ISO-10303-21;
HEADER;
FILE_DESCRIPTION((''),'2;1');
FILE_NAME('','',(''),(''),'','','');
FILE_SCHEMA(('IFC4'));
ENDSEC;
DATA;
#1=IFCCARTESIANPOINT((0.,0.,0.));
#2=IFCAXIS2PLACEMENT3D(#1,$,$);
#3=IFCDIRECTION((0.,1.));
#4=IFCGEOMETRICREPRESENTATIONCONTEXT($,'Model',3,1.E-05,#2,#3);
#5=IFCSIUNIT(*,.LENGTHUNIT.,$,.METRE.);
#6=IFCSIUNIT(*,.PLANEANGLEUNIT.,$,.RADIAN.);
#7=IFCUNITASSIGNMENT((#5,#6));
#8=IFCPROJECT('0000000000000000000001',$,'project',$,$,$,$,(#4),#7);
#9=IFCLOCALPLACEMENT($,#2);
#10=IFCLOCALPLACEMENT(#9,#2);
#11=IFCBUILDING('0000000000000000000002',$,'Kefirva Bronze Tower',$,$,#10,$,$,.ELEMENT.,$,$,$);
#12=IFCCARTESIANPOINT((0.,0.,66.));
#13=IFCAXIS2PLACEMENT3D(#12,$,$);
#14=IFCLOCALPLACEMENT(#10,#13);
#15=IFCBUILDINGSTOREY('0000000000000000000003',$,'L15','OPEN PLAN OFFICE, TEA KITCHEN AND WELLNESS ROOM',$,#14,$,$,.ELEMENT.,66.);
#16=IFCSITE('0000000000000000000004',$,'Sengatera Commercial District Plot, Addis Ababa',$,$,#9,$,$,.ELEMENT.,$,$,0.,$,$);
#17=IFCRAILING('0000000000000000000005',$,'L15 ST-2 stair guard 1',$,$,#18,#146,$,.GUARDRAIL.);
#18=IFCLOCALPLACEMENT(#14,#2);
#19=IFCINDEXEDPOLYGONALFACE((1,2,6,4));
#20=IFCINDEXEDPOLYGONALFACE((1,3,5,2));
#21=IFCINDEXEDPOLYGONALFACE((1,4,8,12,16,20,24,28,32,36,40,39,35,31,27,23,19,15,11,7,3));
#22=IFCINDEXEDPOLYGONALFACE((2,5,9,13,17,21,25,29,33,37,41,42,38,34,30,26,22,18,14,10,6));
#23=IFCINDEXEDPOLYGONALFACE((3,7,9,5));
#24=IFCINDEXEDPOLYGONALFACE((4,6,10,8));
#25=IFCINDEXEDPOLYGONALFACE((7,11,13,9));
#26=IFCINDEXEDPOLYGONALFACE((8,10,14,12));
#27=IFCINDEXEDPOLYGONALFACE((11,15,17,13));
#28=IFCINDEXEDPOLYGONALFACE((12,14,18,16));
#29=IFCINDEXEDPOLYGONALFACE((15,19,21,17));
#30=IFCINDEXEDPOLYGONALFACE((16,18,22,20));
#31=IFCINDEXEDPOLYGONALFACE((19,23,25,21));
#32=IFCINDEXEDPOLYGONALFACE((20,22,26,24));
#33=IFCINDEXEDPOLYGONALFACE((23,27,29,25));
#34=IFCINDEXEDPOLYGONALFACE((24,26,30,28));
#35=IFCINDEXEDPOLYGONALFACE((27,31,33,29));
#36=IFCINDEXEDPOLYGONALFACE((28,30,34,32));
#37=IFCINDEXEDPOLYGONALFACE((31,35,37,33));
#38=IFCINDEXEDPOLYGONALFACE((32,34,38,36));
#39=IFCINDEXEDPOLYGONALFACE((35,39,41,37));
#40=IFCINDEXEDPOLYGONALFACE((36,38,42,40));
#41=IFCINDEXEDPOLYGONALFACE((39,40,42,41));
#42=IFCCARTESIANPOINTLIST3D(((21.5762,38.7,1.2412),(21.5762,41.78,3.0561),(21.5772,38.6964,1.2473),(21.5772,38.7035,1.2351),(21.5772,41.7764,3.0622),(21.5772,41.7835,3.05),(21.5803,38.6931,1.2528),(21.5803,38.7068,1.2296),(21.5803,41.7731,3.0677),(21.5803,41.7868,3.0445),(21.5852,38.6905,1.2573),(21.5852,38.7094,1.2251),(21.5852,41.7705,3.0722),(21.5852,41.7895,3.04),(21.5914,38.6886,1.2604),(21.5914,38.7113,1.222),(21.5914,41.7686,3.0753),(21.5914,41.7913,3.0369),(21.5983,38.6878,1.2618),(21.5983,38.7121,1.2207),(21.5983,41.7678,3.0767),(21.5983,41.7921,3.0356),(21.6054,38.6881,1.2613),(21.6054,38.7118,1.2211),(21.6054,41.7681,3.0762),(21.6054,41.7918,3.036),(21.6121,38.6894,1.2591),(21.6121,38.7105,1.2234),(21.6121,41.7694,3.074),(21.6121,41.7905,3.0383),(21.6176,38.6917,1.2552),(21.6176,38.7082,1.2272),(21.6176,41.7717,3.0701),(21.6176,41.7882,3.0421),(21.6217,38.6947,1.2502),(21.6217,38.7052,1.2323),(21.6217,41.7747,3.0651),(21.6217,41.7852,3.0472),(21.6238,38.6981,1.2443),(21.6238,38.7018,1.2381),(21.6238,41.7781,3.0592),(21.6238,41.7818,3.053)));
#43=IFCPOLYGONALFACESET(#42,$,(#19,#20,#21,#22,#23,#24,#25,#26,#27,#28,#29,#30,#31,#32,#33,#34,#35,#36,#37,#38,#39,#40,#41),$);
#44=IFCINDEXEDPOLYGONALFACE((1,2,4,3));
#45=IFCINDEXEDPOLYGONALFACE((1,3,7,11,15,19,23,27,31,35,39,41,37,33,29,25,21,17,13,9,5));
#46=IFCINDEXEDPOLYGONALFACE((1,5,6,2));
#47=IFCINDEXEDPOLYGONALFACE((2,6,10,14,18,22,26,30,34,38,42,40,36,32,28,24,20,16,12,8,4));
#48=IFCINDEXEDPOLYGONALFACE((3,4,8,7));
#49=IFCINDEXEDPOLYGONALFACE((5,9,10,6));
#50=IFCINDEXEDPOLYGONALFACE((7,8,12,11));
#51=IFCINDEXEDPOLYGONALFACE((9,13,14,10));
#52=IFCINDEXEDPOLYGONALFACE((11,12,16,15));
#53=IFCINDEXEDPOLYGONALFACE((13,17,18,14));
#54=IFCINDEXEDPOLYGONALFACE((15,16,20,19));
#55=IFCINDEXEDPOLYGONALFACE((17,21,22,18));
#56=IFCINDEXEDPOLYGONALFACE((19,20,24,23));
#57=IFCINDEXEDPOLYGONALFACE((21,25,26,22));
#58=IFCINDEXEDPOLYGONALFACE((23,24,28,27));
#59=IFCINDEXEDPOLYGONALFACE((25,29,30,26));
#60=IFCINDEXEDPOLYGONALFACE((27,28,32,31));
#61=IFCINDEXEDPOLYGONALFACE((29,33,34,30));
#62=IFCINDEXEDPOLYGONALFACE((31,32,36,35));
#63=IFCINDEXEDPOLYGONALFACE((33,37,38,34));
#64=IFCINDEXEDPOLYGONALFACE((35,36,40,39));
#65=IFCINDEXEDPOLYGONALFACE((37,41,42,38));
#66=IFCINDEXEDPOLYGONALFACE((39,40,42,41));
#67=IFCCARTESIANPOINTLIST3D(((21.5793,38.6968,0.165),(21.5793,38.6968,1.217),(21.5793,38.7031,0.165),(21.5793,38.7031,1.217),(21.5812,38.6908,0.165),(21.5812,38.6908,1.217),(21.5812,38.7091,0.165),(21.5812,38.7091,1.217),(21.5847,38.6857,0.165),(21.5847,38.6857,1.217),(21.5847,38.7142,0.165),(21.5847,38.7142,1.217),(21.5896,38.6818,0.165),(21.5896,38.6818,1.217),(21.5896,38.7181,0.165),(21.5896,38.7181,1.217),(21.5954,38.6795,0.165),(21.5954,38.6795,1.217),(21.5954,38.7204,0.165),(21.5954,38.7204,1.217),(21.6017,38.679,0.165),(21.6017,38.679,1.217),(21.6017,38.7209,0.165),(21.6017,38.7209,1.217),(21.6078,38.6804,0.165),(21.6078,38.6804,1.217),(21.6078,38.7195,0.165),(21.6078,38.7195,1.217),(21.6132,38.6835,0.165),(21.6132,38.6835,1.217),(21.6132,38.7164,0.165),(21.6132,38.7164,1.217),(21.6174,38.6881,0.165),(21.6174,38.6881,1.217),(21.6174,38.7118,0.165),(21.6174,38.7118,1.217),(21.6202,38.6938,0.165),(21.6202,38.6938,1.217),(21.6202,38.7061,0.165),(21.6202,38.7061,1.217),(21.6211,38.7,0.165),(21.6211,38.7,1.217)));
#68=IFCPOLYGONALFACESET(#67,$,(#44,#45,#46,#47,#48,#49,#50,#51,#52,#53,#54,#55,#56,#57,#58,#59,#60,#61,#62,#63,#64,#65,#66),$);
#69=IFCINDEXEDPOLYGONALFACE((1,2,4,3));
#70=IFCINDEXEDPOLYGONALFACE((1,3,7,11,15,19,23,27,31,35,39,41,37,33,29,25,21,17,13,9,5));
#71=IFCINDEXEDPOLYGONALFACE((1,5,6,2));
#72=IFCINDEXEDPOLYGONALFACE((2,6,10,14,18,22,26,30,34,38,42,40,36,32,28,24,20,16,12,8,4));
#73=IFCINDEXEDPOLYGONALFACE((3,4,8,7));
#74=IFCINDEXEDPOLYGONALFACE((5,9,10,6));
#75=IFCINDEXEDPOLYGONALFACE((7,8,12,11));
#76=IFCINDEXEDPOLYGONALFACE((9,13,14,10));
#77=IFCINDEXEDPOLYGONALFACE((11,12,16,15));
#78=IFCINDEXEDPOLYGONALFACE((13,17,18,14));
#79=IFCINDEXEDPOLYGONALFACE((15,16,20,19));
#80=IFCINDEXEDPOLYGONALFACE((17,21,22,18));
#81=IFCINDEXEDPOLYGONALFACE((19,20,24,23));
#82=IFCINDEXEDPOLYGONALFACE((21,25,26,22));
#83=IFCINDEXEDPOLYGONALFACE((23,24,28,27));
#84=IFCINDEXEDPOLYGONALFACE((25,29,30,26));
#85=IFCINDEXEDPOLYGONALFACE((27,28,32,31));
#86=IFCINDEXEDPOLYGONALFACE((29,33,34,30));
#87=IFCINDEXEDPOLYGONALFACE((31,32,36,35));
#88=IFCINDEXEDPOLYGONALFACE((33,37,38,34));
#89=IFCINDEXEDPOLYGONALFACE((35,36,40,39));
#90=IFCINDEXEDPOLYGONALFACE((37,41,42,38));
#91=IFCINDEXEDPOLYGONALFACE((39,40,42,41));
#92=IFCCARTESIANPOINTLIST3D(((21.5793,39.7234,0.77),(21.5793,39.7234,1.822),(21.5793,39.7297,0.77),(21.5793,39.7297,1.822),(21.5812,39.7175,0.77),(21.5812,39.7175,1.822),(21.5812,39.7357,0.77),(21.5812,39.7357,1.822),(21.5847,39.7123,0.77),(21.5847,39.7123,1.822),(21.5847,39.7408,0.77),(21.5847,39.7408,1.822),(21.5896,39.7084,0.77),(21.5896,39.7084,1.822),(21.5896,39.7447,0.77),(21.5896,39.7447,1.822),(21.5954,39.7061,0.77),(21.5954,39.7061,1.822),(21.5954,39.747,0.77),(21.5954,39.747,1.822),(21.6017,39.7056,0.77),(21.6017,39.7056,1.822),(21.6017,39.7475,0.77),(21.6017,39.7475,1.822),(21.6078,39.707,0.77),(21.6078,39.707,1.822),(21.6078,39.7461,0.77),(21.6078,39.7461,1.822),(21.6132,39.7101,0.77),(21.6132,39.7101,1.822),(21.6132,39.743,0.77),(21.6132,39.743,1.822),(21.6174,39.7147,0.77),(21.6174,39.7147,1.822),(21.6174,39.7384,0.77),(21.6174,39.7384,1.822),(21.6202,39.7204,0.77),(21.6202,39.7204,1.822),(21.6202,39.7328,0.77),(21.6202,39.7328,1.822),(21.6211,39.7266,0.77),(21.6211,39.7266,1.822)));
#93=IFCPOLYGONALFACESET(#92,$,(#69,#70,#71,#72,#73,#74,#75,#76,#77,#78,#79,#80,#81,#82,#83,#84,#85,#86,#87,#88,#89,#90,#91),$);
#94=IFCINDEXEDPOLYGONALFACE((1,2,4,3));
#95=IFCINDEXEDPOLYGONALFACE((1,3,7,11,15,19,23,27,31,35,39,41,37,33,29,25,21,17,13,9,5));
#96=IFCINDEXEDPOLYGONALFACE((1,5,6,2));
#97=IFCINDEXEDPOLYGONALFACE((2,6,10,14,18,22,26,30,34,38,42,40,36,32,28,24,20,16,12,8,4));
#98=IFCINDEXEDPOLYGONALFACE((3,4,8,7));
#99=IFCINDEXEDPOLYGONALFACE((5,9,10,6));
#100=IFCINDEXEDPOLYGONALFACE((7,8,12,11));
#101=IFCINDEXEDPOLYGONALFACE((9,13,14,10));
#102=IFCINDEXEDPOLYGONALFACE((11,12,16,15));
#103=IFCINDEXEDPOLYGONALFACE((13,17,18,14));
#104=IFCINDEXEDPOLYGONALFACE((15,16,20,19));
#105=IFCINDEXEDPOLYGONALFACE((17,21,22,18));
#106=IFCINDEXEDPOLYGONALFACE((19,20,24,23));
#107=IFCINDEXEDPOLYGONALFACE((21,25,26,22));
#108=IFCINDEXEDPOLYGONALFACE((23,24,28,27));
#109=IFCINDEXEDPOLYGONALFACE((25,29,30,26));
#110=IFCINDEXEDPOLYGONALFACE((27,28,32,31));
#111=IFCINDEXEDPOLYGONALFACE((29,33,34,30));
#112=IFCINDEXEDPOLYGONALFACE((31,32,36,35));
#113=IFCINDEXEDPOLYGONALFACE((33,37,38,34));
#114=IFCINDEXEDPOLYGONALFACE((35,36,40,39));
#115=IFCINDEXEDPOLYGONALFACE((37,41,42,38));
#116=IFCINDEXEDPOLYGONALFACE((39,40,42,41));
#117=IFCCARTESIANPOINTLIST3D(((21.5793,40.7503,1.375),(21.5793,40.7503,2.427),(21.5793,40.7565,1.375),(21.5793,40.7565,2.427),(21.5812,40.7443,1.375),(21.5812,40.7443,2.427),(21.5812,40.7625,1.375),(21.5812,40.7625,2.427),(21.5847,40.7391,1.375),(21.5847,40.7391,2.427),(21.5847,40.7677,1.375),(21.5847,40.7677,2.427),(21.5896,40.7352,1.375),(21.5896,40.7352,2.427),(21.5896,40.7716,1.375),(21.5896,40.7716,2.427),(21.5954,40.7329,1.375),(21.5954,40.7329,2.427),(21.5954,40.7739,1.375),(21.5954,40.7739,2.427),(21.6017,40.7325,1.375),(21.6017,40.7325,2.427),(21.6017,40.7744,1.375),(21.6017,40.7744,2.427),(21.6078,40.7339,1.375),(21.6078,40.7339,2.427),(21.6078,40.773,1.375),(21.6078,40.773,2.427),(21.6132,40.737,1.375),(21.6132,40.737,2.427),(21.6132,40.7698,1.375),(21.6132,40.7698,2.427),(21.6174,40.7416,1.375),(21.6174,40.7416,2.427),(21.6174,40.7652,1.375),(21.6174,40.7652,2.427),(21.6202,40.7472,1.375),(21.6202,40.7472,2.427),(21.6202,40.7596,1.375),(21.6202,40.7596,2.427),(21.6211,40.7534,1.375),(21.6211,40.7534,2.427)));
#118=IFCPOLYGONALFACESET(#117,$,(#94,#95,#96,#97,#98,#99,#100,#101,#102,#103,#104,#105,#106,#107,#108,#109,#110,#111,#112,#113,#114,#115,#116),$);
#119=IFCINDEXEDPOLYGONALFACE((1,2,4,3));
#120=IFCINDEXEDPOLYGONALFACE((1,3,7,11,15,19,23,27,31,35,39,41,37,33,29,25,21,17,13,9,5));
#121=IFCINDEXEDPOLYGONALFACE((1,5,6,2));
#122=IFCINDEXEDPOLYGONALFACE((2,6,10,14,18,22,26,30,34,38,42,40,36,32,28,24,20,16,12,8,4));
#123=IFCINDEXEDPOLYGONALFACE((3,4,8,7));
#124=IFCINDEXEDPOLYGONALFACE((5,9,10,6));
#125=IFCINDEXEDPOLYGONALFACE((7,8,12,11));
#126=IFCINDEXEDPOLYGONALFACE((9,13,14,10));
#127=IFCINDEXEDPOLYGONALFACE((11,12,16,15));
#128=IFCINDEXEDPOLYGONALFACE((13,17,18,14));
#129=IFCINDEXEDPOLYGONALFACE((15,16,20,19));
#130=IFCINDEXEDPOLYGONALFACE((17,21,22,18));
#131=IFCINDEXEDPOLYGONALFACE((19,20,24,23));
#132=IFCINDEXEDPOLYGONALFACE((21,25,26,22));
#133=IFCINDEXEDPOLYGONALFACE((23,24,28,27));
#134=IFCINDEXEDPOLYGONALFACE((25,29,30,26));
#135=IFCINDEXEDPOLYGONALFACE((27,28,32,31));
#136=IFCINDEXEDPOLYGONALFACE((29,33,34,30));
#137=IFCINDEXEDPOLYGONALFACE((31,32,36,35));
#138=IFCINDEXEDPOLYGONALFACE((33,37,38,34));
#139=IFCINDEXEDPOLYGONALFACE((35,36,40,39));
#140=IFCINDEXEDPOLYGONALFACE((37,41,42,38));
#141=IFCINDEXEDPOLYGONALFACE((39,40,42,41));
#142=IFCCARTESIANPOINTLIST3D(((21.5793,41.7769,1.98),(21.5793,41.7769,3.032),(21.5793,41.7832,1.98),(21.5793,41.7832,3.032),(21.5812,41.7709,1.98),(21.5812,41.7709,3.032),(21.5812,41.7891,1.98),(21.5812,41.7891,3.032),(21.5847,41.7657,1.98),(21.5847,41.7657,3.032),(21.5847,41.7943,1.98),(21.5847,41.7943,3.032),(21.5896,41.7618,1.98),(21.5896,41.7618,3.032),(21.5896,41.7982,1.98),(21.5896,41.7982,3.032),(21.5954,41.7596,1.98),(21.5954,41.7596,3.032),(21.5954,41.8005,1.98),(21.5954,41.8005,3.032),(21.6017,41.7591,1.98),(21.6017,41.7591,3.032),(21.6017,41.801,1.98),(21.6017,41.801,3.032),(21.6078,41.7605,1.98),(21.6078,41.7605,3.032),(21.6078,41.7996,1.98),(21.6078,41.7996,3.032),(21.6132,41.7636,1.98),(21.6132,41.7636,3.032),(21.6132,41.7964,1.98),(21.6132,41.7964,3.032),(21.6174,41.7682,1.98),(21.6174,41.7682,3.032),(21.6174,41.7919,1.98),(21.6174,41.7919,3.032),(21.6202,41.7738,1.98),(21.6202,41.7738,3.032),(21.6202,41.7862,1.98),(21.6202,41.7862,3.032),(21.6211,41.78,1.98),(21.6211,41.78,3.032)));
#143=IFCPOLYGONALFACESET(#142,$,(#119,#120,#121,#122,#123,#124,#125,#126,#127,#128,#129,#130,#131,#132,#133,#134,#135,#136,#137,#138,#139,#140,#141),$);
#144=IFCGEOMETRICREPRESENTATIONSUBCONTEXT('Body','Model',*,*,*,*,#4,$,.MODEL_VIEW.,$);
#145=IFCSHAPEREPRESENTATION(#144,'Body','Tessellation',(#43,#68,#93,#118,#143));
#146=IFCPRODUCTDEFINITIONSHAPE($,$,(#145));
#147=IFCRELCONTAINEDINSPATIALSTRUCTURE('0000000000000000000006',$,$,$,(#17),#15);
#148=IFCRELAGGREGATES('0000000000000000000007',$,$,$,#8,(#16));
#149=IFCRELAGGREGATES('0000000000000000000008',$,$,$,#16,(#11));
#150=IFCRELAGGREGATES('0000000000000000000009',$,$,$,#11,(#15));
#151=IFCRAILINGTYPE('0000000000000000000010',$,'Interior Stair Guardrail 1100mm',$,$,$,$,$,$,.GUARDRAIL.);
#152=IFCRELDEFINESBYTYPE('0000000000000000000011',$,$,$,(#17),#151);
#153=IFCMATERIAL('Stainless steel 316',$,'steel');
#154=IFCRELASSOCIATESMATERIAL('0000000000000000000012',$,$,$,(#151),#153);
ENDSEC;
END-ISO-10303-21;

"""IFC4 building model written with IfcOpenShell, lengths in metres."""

from ifc_helpers import new_model, si_unit, direction, frame, origin, origin_2d, place, context, subcontext, project, spatial, circle, extrude, material, type_object, element, save


model = new_model("IFC4")

# Units and contexts
model_context = context("Model", 3, precision=1e-05, world=origin(), true_north=direction((0.0, 1.0)))
body_context = subcontext(model_context, "Body", "Model", "MODEL_VIEW")
ifc_project = project(units=[si_unit("LENGTHUNIT", "METRE"), si_unit("PLANEANGLEUNIT", "RADIAN")], contexts=[model_context])

# Site, building, storey
site_placement = place(None, origin())
site = spatial("IfcSite", under=ifc_project, at=site_placement, Name="Sengatera Commercial District Plot, Addis Ababa", CompositionType="ELEMENT", RefElevation=0.0)
building_placement = place(site_placement, origin())
building = spatial("IfcBuilding", under=site, at=building_placement, Name="Kefirva Bronze Tower", CompositionType="ELEMENT")
storey_placement = place(building_placement, frame((0.0, 0.0, 66.0)))
storey = spatial("IfcBuildingStorey", under=building, at=storey_placement, Name="L15", Description="OPEN PLAN OFFICE, TEA KITCHEN AND WELLNESS ROOM", CompositionType="ELEMENT", Elevation=66.0)

# Railing
ifc_material_1 = material(Name="Stainless steel 316", Category="steel")
railing_type_1 = type_object("IfcRailingType", Name="Interior Stair Guardrail 1100mm", PredefinedType="GUARDRAIL", material=ifc_material_1)
railing_1_placement = place(storey_placement, frame((21.6001, 38.7, 0.165)))
element("IfcRailing", 1, at=railing_1_placement, inside=storey, type_object=railing_type_1, Name="L15 ST-2 stair guard 1", PredefinedType="GUARDRAIL", context=body_context, shape_type="SweptSolid", body=[
    extrude(circle(Radius=0.0239, at=origin_2d()), frame((0.0, 0.0, 1.0762), z_axis=(0.0, 0.861551, 0.507671), x_axis=(-1.0, 0.0, 0.0)), (0.0, 0.0, 1.0), 3.575),
    extrude(circle(Radius=0.021, at=origin_2d()), origin(), (0.0, 0.0, 1.0), 1.052),
    extrude(circle(Radius=0.021, at=origin_2d()), frame((0.0, 1.0266, 0.605)), (0.0, 0.0, 1.0), 1.052),
    extrude(circle(Radius=0.021, at=origin_2d()), frame((0.0, 2.0535, 1.21)), (0.0, 0.0, 1.0), 1.052),
    extrude(circle(Radius=0.021, at=origin_2d()), frame((0.0, 3.0801, 1.8149)), (0.0, 0.0, 1.0), 1.052),
])

save(model, "model.ifc")
